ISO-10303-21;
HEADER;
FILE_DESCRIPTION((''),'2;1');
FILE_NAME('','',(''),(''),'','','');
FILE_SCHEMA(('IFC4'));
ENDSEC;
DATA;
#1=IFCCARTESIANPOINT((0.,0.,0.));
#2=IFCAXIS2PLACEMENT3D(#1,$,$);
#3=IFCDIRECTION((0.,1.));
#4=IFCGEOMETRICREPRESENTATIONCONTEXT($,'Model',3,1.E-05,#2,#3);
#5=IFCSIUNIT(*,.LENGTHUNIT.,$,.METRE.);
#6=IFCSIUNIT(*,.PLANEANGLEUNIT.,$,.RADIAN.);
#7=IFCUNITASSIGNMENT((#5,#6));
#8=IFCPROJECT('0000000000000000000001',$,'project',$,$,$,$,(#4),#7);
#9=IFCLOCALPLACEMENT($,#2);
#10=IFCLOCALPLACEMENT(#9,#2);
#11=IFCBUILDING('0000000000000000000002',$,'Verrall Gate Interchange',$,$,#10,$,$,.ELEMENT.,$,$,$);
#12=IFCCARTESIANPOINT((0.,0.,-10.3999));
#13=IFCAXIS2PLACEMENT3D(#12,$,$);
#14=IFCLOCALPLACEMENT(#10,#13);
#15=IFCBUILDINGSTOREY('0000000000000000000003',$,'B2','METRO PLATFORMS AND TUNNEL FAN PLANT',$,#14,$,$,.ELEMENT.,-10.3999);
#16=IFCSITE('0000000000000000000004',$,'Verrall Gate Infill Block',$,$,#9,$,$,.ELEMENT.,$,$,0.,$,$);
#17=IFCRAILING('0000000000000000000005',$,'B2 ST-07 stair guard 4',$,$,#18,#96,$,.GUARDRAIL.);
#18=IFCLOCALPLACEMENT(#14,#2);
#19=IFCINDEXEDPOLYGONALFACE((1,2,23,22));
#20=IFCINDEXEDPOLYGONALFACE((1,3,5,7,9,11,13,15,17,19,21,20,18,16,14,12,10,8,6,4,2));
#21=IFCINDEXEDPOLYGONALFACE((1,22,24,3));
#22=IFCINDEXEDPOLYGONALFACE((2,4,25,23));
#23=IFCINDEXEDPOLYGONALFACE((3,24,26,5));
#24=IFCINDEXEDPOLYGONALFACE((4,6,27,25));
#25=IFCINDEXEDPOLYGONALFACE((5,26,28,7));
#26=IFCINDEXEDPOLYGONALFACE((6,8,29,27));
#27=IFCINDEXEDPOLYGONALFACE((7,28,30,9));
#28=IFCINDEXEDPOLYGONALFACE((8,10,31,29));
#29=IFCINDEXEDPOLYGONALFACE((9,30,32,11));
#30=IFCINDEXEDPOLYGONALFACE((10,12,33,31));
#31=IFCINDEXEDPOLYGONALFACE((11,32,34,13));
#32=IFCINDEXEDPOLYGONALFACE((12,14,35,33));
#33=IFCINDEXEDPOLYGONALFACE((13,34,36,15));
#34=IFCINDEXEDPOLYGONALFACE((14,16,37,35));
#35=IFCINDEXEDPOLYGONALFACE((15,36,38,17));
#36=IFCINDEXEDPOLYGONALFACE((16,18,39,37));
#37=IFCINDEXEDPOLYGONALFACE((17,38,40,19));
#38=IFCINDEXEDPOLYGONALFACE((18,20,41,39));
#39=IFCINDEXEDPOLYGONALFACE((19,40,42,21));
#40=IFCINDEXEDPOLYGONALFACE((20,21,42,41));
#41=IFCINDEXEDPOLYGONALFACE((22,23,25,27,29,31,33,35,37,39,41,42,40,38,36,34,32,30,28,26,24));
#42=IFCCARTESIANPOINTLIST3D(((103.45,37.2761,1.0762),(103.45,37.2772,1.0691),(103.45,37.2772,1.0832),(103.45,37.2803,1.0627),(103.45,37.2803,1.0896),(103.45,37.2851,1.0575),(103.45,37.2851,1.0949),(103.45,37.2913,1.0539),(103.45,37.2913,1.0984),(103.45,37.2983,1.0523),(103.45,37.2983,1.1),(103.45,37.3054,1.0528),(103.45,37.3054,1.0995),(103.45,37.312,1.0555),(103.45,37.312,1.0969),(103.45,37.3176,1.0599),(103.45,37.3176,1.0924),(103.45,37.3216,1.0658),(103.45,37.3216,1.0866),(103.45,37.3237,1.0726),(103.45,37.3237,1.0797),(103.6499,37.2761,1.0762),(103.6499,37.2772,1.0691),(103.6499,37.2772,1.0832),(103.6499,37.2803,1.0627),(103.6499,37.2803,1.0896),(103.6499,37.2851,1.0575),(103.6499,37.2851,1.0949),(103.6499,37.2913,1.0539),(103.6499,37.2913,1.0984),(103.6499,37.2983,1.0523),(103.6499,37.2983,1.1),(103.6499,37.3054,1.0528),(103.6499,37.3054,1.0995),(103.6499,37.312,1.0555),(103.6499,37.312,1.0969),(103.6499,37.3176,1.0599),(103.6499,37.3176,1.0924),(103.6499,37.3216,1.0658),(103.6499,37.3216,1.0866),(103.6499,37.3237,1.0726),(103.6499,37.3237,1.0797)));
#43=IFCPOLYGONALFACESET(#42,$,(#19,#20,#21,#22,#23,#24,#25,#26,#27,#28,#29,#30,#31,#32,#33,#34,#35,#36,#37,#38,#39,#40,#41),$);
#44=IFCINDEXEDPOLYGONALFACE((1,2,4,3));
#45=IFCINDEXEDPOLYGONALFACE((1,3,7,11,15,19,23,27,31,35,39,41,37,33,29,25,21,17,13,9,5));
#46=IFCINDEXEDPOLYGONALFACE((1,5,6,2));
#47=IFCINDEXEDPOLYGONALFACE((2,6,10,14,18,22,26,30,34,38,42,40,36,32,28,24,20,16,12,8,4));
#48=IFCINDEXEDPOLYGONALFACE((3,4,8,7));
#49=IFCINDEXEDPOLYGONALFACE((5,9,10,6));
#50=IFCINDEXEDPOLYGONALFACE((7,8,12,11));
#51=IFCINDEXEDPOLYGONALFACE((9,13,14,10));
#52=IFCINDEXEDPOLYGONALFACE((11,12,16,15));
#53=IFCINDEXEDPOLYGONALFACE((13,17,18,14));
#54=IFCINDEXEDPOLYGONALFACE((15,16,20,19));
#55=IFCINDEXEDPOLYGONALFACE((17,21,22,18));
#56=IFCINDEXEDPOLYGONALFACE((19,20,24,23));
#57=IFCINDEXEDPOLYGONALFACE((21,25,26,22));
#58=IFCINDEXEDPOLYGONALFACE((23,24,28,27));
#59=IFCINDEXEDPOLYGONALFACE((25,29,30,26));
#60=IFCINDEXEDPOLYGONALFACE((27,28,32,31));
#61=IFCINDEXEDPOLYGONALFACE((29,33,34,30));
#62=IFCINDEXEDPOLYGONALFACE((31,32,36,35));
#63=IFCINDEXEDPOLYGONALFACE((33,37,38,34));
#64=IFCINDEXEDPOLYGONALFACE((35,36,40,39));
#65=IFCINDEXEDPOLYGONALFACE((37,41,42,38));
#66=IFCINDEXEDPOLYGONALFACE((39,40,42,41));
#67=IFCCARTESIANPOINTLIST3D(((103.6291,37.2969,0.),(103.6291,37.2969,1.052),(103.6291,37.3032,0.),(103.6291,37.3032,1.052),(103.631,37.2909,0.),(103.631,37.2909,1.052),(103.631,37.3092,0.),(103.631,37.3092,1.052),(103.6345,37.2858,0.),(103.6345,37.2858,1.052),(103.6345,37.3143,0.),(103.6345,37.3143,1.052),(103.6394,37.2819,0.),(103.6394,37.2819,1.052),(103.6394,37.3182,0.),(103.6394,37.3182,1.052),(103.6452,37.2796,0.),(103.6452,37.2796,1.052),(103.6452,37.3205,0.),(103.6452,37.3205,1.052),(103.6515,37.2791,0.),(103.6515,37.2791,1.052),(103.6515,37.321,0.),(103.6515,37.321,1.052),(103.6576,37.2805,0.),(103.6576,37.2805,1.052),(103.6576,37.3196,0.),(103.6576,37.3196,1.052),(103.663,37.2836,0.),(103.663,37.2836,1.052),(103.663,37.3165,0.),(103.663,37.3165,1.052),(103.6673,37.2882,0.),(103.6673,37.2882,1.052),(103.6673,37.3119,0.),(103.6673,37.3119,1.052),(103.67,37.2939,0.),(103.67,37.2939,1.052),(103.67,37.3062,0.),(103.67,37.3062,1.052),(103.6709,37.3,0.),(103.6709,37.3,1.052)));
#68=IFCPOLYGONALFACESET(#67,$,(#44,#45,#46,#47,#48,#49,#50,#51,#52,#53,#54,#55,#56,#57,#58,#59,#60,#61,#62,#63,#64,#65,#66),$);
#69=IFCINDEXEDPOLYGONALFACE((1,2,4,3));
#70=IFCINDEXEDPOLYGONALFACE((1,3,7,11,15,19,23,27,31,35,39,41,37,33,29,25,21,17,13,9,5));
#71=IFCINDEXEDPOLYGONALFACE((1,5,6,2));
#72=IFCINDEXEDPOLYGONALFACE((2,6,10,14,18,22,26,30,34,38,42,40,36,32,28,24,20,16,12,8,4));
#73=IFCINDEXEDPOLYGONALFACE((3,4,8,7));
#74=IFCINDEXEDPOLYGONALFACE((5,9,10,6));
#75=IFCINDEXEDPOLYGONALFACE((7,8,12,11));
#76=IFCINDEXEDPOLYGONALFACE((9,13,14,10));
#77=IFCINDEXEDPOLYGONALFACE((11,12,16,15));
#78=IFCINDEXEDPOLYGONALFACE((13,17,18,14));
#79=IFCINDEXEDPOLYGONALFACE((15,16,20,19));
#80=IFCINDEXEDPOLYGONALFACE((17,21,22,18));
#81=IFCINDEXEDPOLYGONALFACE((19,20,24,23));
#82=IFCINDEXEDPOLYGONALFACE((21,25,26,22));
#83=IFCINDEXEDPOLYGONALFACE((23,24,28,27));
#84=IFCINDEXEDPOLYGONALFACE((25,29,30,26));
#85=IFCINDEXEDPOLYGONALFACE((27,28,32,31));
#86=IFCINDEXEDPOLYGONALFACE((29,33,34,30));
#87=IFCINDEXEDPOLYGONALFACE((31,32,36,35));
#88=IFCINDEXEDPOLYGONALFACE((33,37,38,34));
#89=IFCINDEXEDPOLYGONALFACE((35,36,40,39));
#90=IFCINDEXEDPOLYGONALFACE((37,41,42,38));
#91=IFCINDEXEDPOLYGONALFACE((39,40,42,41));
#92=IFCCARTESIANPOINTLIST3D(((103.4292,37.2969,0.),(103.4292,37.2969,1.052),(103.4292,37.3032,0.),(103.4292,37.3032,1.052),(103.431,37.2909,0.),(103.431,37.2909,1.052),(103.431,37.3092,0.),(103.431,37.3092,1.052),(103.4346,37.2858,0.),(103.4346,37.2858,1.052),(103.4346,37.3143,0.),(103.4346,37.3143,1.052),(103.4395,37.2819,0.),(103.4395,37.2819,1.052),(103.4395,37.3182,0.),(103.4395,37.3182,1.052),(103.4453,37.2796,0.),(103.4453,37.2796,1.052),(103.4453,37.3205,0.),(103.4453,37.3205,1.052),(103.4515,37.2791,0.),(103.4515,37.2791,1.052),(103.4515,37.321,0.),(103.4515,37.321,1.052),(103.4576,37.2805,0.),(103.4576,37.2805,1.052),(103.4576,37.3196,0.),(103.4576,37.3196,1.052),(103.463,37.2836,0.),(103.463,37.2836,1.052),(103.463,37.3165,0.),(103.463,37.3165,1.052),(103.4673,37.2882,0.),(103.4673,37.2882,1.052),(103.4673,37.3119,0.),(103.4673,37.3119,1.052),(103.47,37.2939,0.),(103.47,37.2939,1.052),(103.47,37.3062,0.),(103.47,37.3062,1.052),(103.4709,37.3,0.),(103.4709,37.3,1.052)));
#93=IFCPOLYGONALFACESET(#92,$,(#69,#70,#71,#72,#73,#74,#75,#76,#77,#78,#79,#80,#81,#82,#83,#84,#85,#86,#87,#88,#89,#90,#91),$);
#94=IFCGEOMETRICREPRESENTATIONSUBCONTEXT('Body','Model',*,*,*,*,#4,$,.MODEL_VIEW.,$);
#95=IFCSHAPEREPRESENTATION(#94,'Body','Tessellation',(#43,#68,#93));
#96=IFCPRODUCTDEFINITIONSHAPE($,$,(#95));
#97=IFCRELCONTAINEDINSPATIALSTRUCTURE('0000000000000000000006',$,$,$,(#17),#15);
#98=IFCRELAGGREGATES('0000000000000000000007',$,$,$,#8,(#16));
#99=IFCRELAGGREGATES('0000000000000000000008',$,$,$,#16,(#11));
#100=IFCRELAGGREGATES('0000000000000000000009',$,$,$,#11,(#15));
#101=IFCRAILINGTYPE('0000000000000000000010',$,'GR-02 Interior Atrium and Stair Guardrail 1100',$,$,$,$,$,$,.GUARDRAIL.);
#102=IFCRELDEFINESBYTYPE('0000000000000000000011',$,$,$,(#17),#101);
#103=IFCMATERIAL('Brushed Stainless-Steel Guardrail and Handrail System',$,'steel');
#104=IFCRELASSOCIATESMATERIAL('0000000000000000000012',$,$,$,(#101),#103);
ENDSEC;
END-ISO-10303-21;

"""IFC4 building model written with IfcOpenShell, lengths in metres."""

from ifc_helpers import new_model, si_unit, direction, frame, origin, origin_2d, place, context, subcontext, project, spatial, circle, extrude, material, type_object, element, save


model = new_model("IFC4")

# Units and contexts
model_context = context("Model", 3, precision=1e-05, world=origin(), true_north=direction((0.0, 1.0)))
body_context = subcontext(model_context, "Body", "Model", "MODEL_VIEW")
ifc_project = project(units=[si_unit("LENGTHUNIT", "METRE"), si_unit("PLANEANGLEUNIT", "RADIAN")], contexts=[model_context])

# Site, building, storey
site_placement = place(None, origin())
site = spatial("IfcSite", under=ifc_project, at=site_placement, Name="Verrall Gate Infill Block", CompositionType="ELEMENT", RefElevation=0.0)
building_placement = place(site_placement, origin())
building = spatial("IfcBuilding", under=site, at=building_placement, Name="Verrall Gate Interchange", CompositionType="ELEMENT")
storey_placement = place(building_placement, frame((0.0, 0.0, -10.3999)))
storey = spatial("IfcBuildingStorey", under=building, at=storey_placement, Name="B2", Description="METRO PLATFORMS AND TUNNEL FAN PLANT", CompositionType="ELEMENT", Elevation=-10.3999)

# Railing
ifc_material_1 = material(Name="Brushed Stainless-Steel Guardrail and Handrail System", Category="steel")
railing_type_1 = type_object("IfcRailingType", Name="GR-02 Interior Atrium and Stair Guardrail 1100", PredefinedType="GUARDRAIL", material=ifc_material_1)
railing_1_placement = place(storey_placement, frame((103.6499, 37.3, 0.0)))
element("IfcRailing", 1, at=railing_1_placement, inside=storey, type_object=railing_type_1, Name="B2 ST-07 stair guard 4", PredefinedType="GUARDRAIL", context=body_context, shape_type="SweptSolid", body=[
    extrude(circle(Radius=0.0239, at=origin_2d()), frame((0.0, 0.0, 1.0762), z_axis=(-1.0, 0.0, 0.0), x_axis=(0.0, -1.0, 0.0)), (0.0, 0.0, 1.0), 0.2),
    extrude(circle(Radius=0.021, at=origin_2d()), origin(), (0.0, 0.0, 1.0), 1.052),
    extrude(circle(Radius=0.021, at=origin_2d()), frame((-0.2, 0.0, 0.0)), (0.0, 0.0, 1.0), 1.052),
])

save(model, "model.ifc")
